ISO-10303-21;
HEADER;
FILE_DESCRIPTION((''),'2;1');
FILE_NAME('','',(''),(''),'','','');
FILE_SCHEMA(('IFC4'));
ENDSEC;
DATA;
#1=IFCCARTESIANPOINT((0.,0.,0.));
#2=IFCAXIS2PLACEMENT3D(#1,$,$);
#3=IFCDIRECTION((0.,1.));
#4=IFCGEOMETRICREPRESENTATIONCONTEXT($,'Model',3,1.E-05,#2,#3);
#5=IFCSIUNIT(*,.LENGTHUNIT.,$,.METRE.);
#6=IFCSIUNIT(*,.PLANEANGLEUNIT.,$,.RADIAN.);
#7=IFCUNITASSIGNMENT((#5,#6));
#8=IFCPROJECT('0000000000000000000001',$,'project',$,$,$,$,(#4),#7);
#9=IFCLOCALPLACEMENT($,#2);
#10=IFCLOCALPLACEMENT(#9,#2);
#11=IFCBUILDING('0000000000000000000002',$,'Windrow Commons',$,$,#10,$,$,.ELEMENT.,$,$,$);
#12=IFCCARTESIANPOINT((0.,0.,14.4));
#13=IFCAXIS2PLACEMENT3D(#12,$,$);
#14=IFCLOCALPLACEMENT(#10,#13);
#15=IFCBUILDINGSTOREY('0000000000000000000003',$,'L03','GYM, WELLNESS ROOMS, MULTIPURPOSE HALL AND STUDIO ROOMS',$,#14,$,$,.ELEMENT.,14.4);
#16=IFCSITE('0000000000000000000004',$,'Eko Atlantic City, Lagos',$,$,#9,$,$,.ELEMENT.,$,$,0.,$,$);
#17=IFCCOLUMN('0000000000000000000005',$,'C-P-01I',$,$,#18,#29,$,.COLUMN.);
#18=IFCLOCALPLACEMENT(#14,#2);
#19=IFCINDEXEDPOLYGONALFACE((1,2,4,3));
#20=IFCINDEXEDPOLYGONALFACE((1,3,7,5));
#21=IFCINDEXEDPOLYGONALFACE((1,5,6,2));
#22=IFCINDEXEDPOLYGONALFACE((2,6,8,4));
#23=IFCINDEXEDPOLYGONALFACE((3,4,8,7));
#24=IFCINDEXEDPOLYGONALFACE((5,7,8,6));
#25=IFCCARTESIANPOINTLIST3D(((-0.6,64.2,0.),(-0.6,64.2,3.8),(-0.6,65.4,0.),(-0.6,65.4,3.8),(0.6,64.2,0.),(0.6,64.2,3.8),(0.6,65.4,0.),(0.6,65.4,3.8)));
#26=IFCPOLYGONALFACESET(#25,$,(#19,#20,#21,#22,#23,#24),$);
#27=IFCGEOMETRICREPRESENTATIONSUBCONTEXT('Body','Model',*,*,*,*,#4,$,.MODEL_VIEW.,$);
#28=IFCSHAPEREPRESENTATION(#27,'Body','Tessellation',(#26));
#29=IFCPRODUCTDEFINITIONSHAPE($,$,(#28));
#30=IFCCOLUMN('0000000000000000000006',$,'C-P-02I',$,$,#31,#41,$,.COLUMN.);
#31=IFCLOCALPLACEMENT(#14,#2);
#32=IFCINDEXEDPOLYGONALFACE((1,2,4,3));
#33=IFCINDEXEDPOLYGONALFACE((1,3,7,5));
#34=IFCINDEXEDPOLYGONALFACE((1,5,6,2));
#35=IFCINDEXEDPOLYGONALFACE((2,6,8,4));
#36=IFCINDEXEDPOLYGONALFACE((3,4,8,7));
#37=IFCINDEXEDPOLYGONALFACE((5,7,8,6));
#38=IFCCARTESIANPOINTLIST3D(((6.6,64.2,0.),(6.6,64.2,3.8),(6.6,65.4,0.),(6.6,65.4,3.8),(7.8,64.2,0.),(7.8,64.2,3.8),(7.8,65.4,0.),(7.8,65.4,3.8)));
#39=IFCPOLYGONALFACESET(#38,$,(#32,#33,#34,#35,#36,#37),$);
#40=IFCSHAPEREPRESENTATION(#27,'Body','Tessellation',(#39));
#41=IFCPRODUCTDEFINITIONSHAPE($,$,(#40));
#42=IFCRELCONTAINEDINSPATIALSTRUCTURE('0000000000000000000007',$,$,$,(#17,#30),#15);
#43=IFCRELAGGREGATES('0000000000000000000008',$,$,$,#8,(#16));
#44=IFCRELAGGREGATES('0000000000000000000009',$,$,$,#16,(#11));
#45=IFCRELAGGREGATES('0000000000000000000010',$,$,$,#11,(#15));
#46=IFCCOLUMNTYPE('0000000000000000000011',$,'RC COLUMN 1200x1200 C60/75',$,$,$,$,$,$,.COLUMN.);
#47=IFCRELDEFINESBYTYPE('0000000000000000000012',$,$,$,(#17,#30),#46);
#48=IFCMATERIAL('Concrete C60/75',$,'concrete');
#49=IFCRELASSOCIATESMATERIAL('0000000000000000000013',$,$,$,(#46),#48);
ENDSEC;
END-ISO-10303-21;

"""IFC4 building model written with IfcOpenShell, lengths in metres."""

from ifc_helpers import new_model, si_unit, direction, frame, origin, origin_2d, place, context, subcontext, project, spatial, rectangle, extrude, material, material_profile, profile_set, type_object, element, save


model = new_model("IFC4")

# Units and contexts
model_context = context("Model", 3, precision=1e-05, world=origin(), true_north=direction((0.0, 1.0)))
body_context = subcontext(model_context, "Body", "Model", "MODEL_VIEW")
ifc_project = project(units=[si_unit("LENGTHUNIT", "METRE"), si_unit("PLANEANGLEUNIT", "RADIAN")], contexts=[model_context])

# Site, building, storey
site_placement = place(None, origin())
site = spatial("IfcSite", under=ifc_project, at=site_placement, Name="Eko Atlantic City, Lagos", CompositionType="ELEMENT", RefElevation=0.0)
building_placement = place(site_placement, origin())
building = spatial("IfcBuilding", under=site, at=building_placement, Name="Windrow Commons", CompositionType="ELEMENT")
storey_placement = place(building_placement, frame((0.0, 0.0, 14.4)))
storey = spatial("IfcBuildingStorey", under=building, at=storey_placement, Name="L03", Description="GYM, WELLNESS ROOMS, MULTIPURPOSE HALL AND STUDIO ROOMS", CompositionType="ELEMENT", Elevation=14.4)

# Columns
ifc_material_1 = material(Name="Concrete C60/75", Category="concrete")
ifc_material_profile = material_profile(ifc_material_1, rectangle(XDim=1.2, YDim=1.2, at=origin_2d()))
ifc_profile_set = profile_set([ifc_material_profile], Name="Concrete C60/75")
column_type = type_object("IfcColumnType", Name="RC COLUMN 1200x1200 C60/75", PredefinedType="COLUMN", material=ifc_profile_set)
for number, where, z_axis, x_axis, name in (
    (1, (0.0, 64.8, 0.0), (0.0, 0.0, 1.0), (1.0, 0.0, 0.0), "C-P-01I"),
    (2, (7.2, 64.8, 0.0), (0.0, 0.0, 1.0), (1.0, 0.0, 0.0), "C-P-02I"),
):
    element("IfcColumn", number, at=place(storey_placement, frame(where, z_axis=z_axis, x_axis=x_axis)), inside=storey, type_object=column_type, Name=name, PredefinedType="COLUMN", context=body_context, shape_type="SweptSolid", body=[
        extrude(rectangle(XDim=1.2, YDim=1.2, at=origin_2d()), origin(), (0.0, 0.0, 1.0), 3.8),
    ])

save(model, "model.ifc")
